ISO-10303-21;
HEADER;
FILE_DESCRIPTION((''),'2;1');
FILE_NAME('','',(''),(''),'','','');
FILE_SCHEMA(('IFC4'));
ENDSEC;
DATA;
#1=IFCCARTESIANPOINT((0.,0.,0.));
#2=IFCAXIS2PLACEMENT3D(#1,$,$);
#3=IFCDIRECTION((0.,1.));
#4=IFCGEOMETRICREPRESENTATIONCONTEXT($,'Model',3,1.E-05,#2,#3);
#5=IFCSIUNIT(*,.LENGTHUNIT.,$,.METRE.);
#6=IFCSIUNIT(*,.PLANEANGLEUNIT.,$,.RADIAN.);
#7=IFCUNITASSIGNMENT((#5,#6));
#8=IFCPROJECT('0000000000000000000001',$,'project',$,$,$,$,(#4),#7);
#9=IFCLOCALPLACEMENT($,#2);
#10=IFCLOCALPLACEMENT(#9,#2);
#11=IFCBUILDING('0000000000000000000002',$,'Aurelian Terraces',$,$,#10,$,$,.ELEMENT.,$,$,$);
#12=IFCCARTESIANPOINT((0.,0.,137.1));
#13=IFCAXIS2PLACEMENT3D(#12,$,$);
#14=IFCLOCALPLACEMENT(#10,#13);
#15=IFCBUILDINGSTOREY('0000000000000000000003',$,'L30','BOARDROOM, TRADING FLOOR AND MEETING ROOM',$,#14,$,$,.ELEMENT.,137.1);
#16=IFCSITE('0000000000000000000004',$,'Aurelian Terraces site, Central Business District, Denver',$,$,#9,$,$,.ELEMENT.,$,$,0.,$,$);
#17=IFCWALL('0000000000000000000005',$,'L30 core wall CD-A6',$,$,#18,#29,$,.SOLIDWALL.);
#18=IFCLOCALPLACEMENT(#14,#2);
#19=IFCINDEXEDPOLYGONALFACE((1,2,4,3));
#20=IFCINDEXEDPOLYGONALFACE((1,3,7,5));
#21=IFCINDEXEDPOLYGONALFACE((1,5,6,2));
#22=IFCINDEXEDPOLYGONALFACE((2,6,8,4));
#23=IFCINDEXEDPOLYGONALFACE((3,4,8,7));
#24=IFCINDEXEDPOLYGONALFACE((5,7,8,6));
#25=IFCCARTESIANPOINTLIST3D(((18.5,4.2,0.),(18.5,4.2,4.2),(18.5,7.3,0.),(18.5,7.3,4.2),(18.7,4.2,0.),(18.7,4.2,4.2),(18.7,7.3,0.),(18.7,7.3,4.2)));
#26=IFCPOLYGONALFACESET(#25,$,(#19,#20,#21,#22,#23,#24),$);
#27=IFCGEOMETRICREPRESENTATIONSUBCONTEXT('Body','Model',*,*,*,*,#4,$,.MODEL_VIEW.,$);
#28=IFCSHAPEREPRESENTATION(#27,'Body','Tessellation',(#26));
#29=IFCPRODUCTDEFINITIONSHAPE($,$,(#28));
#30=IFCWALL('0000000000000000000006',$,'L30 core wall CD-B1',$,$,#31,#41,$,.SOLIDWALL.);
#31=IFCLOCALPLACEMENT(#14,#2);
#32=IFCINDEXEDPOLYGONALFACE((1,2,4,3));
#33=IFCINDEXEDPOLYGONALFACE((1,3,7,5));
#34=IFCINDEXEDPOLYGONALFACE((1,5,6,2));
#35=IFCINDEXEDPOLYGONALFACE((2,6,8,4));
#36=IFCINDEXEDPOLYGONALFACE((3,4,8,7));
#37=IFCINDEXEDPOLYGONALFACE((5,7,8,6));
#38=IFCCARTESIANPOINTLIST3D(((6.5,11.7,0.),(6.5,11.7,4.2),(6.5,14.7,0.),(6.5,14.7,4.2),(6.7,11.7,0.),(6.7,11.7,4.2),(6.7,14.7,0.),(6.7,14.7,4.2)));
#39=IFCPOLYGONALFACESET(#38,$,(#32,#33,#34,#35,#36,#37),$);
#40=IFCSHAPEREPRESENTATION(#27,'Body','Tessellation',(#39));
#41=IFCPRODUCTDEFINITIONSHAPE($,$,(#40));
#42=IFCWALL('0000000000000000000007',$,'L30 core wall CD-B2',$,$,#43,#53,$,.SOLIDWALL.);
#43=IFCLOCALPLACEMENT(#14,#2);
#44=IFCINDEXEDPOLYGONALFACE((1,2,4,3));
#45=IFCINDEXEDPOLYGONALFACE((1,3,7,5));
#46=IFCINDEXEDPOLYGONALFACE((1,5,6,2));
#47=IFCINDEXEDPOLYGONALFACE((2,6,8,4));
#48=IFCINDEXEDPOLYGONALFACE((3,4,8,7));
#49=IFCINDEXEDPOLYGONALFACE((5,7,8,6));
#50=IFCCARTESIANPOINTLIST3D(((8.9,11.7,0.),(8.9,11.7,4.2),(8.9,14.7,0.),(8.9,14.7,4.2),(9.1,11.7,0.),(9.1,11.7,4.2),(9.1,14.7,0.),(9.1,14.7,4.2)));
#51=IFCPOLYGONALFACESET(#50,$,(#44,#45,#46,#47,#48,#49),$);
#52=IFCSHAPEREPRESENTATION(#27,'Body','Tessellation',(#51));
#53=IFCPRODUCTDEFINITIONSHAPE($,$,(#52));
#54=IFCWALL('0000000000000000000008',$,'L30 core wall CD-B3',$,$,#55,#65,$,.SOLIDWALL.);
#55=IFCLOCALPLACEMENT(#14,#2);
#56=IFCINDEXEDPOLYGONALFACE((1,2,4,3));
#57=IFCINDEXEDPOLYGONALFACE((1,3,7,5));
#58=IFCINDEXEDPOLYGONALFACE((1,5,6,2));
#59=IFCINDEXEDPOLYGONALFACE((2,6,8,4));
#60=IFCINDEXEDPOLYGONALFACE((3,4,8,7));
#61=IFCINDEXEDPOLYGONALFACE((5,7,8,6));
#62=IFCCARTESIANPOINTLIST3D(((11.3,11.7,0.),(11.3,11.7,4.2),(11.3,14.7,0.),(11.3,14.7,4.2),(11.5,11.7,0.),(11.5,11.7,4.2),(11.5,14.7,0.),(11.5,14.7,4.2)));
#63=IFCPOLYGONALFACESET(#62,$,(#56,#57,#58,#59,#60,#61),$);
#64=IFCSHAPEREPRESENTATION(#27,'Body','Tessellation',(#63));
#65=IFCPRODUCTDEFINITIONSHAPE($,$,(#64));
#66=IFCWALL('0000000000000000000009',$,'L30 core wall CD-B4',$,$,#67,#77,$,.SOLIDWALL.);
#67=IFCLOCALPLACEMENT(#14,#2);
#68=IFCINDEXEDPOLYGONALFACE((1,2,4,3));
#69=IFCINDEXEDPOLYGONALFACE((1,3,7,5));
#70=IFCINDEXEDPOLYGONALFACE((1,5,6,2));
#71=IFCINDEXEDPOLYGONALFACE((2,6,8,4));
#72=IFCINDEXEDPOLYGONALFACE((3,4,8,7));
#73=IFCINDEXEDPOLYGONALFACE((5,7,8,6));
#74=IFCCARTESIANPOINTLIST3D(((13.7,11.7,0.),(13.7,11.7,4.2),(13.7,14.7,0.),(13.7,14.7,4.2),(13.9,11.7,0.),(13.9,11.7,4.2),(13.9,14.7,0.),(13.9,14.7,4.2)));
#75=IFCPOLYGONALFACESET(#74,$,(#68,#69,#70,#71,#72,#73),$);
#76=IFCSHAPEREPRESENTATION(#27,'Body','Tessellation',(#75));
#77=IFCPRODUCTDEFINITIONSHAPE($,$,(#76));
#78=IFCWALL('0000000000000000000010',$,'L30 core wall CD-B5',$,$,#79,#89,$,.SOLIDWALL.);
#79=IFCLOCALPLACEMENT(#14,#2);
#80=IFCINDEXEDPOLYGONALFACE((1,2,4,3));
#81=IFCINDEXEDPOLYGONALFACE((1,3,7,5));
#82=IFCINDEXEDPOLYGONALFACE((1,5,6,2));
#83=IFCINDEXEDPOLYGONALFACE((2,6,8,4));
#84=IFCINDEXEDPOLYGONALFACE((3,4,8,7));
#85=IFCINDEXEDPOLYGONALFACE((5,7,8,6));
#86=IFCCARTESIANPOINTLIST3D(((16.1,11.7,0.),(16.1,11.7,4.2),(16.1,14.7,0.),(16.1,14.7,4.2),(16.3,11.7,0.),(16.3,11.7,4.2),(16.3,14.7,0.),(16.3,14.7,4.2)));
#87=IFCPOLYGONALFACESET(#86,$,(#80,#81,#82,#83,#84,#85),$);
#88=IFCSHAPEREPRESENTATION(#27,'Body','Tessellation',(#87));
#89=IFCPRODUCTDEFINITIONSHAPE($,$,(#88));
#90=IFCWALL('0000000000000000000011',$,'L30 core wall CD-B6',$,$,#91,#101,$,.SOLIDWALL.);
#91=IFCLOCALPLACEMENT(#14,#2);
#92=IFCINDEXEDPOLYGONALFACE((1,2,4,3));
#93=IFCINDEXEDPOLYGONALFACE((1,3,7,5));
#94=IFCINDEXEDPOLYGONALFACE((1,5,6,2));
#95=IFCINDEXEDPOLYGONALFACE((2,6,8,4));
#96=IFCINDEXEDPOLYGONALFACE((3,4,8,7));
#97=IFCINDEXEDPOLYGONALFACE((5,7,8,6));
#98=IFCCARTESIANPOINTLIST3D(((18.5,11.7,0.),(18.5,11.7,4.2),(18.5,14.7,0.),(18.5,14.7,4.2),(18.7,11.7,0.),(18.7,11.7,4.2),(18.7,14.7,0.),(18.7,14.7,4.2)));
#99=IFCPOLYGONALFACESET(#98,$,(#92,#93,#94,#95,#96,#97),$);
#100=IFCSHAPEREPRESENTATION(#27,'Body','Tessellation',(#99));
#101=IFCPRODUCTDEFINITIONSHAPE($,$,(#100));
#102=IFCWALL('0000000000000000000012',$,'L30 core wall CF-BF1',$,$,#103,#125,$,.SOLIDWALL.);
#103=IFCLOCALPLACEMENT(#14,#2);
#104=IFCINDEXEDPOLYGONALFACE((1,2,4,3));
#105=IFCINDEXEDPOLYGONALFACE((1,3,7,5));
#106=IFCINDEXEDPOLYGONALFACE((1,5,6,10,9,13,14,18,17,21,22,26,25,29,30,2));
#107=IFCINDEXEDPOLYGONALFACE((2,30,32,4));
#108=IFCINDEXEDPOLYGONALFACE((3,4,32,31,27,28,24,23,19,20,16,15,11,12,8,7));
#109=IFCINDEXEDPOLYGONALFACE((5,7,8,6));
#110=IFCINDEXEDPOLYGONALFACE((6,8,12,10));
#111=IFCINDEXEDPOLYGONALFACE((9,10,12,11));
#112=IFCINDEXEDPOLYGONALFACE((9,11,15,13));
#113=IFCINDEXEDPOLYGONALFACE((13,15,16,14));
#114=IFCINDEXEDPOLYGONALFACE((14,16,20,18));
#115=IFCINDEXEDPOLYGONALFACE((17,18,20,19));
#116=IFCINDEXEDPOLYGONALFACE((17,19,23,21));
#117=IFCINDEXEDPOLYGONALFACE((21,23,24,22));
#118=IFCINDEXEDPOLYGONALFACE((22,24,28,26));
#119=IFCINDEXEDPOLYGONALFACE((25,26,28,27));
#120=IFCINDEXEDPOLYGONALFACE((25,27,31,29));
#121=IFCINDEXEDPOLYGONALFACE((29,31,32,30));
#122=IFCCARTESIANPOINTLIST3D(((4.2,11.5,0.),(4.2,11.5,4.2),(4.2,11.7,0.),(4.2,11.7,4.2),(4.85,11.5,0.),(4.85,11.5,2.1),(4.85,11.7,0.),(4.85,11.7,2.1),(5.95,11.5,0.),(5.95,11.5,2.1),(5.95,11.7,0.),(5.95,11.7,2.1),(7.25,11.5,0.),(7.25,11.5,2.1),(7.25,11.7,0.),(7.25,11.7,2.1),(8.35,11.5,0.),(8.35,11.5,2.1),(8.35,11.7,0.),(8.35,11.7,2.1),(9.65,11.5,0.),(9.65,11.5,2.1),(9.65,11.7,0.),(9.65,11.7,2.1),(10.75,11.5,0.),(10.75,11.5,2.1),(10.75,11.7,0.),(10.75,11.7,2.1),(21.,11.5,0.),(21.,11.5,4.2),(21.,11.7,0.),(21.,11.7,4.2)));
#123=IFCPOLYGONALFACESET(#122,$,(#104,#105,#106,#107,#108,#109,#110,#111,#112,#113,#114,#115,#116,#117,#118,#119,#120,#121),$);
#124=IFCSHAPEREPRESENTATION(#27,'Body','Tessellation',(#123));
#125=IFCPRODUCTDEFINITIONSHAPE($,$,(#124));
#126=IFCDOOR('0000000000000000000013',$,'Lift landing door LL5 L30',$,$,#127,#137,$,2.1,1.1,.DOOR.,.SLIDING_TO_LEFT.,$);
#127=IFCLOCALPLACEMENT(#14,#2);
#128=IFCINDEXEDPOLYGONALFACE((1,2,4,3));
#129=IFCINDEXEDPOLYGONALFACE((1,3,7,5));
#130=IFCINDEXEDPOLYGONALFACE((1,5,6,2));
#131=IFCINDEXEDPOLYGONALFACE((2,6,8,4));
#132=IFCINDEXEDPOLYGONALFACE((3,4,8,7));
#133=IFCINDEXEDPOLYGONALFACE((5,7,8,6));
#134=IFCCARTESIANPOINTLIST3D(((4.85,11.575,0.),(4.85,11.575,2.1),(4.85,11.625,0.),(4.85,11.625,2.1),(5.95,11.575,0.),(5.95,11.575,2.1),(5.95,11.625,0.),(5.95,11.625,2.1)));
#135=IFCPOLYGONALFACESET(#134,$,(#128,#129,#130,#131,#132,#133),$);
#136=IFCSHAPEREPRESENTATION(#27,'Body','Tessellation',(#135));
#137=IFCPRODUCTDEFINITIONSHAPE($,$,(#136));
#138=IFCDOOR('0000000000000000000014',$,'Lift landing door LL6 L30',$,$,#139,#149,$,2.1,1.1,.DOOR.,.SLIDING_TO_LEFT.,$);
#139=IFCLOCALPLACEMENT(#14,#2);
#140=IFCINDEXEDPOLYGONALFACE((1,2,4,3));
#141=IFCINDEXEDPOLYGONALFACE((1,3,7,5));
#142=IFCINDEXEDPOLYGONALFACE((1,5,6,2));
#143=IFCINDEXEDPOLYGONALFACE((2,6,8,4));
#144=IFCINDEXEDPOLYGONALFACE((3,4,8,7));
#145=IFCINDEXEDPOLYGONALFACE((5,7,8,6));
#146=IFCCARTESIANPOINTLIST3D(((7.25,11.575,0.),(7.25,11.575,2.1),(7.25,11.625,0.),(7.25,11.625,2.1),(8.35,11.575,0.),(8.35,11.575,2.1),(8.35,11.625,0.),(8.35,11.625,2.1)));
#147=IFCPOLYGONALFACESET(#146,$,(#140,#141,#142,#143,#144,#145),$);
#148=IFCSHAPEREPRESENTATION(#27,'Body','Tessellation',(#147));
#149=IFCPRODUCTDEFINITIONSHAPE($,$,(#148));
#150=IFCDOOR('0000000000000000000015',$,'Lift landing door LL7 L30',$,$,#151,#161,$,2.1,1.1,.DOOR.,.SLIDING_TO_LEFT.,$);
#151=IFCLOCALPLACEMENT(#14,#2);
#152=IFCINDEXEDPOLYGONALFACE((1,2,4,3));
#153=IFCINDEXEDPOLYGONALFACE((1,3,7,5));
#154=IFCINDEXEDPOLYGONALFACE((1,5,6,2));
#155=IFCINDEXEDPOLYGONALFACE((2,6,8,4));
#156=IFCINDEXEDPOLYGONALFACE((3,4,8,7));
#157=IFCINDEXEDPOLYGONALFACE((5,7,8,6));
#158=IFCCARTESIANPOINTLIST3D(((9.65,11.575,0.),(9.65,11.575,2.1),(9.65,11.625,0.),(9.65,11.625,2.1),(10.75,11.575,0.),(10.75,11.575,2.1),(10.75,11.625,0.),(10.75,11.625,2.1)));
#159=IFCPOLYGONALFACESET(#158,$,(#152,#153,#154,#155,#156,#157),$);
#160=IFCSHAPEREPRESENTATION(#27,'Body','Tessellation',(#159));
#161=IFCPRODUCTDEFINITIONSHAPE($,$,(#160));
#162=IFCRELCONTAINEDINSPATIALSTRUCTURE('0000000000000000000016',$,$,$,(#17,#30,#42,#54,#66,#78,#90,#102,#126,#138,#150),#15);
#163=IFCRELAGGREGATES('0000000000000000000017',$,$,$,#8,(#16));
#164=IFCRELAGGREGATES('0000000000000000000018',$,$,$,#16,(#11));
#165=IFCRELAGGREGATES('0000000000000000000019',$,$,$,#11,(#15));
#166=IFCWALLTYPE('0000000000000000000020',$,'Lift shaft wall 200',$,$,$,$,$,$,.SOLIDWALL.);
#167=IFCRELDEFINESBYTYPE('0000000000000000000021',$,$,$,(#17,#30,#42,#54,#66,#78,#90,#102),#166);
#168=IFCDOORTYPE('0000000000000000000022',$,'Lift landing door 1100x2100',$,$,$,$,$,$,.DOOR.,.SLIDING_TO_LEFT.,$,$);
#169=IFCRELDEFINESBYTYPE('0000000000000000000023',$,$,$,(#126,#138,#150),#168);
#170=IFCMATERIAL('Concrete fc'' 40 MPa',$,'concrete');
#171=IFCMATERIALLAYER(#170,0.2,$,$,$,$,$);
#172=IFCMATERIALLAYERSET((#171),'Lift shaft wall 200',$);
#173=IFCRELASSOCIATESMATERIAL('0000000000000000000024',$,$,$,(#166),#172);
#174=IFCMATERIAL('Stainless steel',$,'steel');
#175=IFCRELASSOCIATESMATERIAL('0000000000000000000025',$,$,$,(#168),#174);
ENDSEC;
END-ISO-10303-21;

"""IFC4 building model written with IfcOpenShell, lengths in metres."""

from ifc_helpers import new_model, si_unit, direction, frame, frame_2d, origin, place, context, subcontext, project, spatial, rectangle, extrude, source, transform, mapped, material, layer, layer_set, type_object, element, fill, save


model = new_model("IFC4")

# Units and contexts
model_context = context("Model", 3, precision=1e-05, world=origin(), true_north=direction((0.0, 1.0)))
body_context = subcontext(model_context, "Body", "Model", "MODEL_VIEW")
ifc_project = project(units=[si_unit("LENGTHUNIT", "METRE"), si_unit("PLANEANGLEUNIT", "RADIAN")], contexts=[model_context])

# Site, building, storey
site_placement = place(None, origin())
site = spatial("IfcSite", under=ifc_project, at=site_placement, Name="Aurelian Terraces site, Central Business District, Denver", CompositionType="ELEMENT", RefElevation=0.0)
building_placement = place(site_placement, origin())
building = spatial("IfcBuilding", under=site, at=building_placement, Name="Aurelian Terraces", CompositionType="ELEMENT")
storey_placement = place(building_placement, frame((0.0, 0.0, 137.1)))
storey = spatial("IfcBuildingStorey", under=building, at=storey_placement, Name="L30", Description="BOARDROOM, TRADING FLOOR AND MEETING ROOM", CompositionType="ELEMENT", Elevation=137.1)

# Walls
ifc_material_1 = material(Name="Concrete fc' 40 MPa", Category="concrete")
ifc_layer_1 = layer(ifc_material_1, 0.2)
ifc_layer_set_1 = layer_set([ifc_layer_1], Name="Lift shaft wall 200")
wall_type_1 = type_object("IfcWallType", Name="Lift shaft wall 200", PredefinedType="SOLIDWALL", material=ifc_layer_set_1)
shared_shape_1 = source(origin(), body_context, "Body", "SweptSolid", [
    extrude(rectangle(XDim=3.1, YDim=0.2, at=frame_2d((1.55, 0.0))), origin(), (0.0, 0.0, 1.0), 4.2),
])
wall_1_placement = place(storey_placement, frame((18.6, 4.2, 0.0), z_axis=(0.0, 0.0, 1.0), x_axis=(0.0, 1.0, 0.0)))
element("IfcWall", 1, at=wall_1_placement, inside=storey, type_object=wall_type_1, Name="L30 core wall CD-A6", PredefinedType="SOLIDWALL", context=body_context, shape_type="MappedRepresentation", body=[
    mapped(shared_shape_1, transform((0.0, 0.0, 0.0), scale=1.0)),
])
shared_shape_2 = source(origin(), body_context, "Body", "SweptSolid", [
    extrude(rectangle(XDim=3.0, YDim=0.2, at=frame_2d((1.5, 0.0))), origin(), (0.0, 0.0, 1.0), 4.2),
])
for number, where, z_axis, x_axis, name in (
    (2, (6.6, 11.7, 0.0), (0.0, 0.0, 1.0), (0.0, 1.0, 0.0), "L30 core wall CD-B1"),
    (3, (9.0, 11.7, 0.0), (0.0, 0.0, 1.0), (0.0, 1.0, 0.0), "L30 core wall CD-B2"),
    (4, (11.4, 11.7, 0.0), (0.0, 0.0, 1.0), (0.0, 1.0, 0.0), "L30 core wall CD-B3"),
    (5, (13.8, 11.7, 0.0), (0.0, 0.0, 1.0), (0.0, 1.0, 0.0), "L30 core wall CD-B4"),
    (6, (16.2, 11.7, 0.0), (0.0, 0.0, 1.0), (0.0, 1.0, 0.0), "L30 core wall CD-B5"),
    (7, (18.6, 11.7, 0.0), (0.0, 0.0, 1.0), (0.0, 1.0, 0.0), "L30 core wall CD-B6"),
):
    element("IfcWall", number, at=place(storey_placement, frame(where, z_axis=z_axis, x_axis=x_axis)), inside=storey, type_object=wall_type_1, Name=name, PredefinedType="SOLIDWALL", context=body_context, shape_type="MappedRepresentation", body=[
        mapped(shared_shape_2, transform((0.0, 0.0, 0.0), scale=1.0)),
    ])

# Wall, openings, doors
shared_shape_3 = source(origin(), body_context, "Body", "SweptSolid", [
    extrude(rectangle(XDim=16.8, YDim=0.2, at=frame_2d((8.4, 0.0))), origin(), (0.0, 0.0, 1.0), 4.2),
])
wall_2_placement = place(storey_placement, frame((4.2, 11.6, 0.0), z_axis=(0.0, 0.0, 1.0), x_axis=(1.0, 0.0, 0.0)))
wall_2 = element("IfcWall", 8, at=wall_2_placement, inside=storey, type_object=wall_type_1, Name="L30 core wall CF-BF1", PredefinedType="SOLIDWALL", context=body_context, shape_type="MappedRepresentation", body=[
    mapped(shared_shape_3, transform((0.0, 0.0, 0.0), scale=1.0)),
])
shared_shape_4 = source(origin(), body_context, "Body", "SweptSolid", [
    extrude(rectangle(XDim=1.1, YDim=2.1, at=frame_2d((0.55, 1.05))), frame((0.0, 0.11, 0.0), z_axis=(0.0, -1.0, 0.0), x_axis=(1.0, 0.0, 0.0)), (0.0, 0.0, 1.0), 0.22),
])
opening_1_placement = place(wall_2_placement, frame((0.65, 0.0, 0.0)))
opening_1 = element("IfcOpeningElement", 9, at=opening_1_placement, cuts=wall_2, PredefinedType="OPENING", context=body_context, shape_type="MappedRepresentation", body=[
    mapped(shared_shape_4, transform((0.0, 0.0, 0.0), scale=1.0)),
])
opening_2_placement = place(wall_2_placement, frame((3.05, 0.0, 0.0)))
opening_2 = element("IfcOpeningElement", 10, at=opening_2_placement, cuts=wall_2, PredefinedType="OPENING", context=body_context, shape_type="MappedRepresentation", body=[
    mapped(shared_shape_4, transform((0.0, 0.0, 0.0), scale=1.0)),
])
opening_3_placement = place(wall_2_placement, frame((5.45, 0.0, 0.0)))
opening_3 = element("IfcOpeningElement", 11, at=opening_3_placement, cuts=wall_2, PredefinedType="OPENING", context=body_context, shape_type="MappedRepresentation", body=[
    mapped(shared_shape_4, transform((0.0, 0.0, 0.0), scale=1.0)),
])
ifc_material_2 = material(Name="Stainless steel", Category="steel")
door_type_1 = type_object("IfcDoorType", Name="Lift landing door 1100x2100", OperationType="SLIDING_TO_LEFT", PredefinedType="DOOR", material=ifc_material_2)
shared_shape_5 = source(origin(), body_context, "Body", "SweptSolid", [
    extrude(rectangle(XDim=1.1, YDim=2.1, at=frame_2d((0.55, 1.05))), frame((0.0, 0.025, 0.0), z_axis=(0.0, -1.0, 0.0), x_axis=(1.0, 0.0, 0.0)), (0.0, 0.0, 1.0), 0.05),
])
door_1_placement = place(opening_1_placement, origin())
door_1 = element("IfcDoor", 12, at=door_1_placement, inside=storey, type_object=door_type_1, Name="Lift landing door LL5 L30", OperationType="SLIDING_TO_LEFT", OverallHeight=2.1, OverallWidth=1.1, PredefinedType="DOOR", context=body_context, shape_type="MappedRepresentation", body=[
    mapped(shared_shape_5, transform((0.0, 0.0, 0.0), scale=1.0)),
])
fill(opening_1, door_1)
door_2_placement = place(opening_2_placement, origin())
door_2 = element("IfcDoor", 13, at=door_2_placement, inside=storey, type_object=door_type_1, Name="Lift landing door LL6 L30", OperationType="SLIDING_TO_LEFT", OverallHeight=2.1, OverallWidth=1.1, PredefinedType="DOOR", context=body_context, shape_type="MappedRepresentation", body=[
    mapped(shared_shape_5, transform((0.0, 0.0, 0.0), scale=1.0)),
])
fill(opening_2, door_2)
door_3_placement = place(opening_3_placement, origin())
door_3 = element("IfcDoor", 14, at=door_3_placement, inside=storey, type_object=door_type_1, Name="Lift landing door LL7 L30", OperationType="SLIDING_TO_LEFT", OverallHeight=2.1, OverallWidth=1.1, PredefinedType="DOOR", context=body_context, shape_type="MappedRepresentation", body=[
    mapped(shared_shape_5, transform((0.0, 0.0, 0.0), scale=1.0)),
])
fill(opening_3, door_3)

save(model, "model.ifc")
